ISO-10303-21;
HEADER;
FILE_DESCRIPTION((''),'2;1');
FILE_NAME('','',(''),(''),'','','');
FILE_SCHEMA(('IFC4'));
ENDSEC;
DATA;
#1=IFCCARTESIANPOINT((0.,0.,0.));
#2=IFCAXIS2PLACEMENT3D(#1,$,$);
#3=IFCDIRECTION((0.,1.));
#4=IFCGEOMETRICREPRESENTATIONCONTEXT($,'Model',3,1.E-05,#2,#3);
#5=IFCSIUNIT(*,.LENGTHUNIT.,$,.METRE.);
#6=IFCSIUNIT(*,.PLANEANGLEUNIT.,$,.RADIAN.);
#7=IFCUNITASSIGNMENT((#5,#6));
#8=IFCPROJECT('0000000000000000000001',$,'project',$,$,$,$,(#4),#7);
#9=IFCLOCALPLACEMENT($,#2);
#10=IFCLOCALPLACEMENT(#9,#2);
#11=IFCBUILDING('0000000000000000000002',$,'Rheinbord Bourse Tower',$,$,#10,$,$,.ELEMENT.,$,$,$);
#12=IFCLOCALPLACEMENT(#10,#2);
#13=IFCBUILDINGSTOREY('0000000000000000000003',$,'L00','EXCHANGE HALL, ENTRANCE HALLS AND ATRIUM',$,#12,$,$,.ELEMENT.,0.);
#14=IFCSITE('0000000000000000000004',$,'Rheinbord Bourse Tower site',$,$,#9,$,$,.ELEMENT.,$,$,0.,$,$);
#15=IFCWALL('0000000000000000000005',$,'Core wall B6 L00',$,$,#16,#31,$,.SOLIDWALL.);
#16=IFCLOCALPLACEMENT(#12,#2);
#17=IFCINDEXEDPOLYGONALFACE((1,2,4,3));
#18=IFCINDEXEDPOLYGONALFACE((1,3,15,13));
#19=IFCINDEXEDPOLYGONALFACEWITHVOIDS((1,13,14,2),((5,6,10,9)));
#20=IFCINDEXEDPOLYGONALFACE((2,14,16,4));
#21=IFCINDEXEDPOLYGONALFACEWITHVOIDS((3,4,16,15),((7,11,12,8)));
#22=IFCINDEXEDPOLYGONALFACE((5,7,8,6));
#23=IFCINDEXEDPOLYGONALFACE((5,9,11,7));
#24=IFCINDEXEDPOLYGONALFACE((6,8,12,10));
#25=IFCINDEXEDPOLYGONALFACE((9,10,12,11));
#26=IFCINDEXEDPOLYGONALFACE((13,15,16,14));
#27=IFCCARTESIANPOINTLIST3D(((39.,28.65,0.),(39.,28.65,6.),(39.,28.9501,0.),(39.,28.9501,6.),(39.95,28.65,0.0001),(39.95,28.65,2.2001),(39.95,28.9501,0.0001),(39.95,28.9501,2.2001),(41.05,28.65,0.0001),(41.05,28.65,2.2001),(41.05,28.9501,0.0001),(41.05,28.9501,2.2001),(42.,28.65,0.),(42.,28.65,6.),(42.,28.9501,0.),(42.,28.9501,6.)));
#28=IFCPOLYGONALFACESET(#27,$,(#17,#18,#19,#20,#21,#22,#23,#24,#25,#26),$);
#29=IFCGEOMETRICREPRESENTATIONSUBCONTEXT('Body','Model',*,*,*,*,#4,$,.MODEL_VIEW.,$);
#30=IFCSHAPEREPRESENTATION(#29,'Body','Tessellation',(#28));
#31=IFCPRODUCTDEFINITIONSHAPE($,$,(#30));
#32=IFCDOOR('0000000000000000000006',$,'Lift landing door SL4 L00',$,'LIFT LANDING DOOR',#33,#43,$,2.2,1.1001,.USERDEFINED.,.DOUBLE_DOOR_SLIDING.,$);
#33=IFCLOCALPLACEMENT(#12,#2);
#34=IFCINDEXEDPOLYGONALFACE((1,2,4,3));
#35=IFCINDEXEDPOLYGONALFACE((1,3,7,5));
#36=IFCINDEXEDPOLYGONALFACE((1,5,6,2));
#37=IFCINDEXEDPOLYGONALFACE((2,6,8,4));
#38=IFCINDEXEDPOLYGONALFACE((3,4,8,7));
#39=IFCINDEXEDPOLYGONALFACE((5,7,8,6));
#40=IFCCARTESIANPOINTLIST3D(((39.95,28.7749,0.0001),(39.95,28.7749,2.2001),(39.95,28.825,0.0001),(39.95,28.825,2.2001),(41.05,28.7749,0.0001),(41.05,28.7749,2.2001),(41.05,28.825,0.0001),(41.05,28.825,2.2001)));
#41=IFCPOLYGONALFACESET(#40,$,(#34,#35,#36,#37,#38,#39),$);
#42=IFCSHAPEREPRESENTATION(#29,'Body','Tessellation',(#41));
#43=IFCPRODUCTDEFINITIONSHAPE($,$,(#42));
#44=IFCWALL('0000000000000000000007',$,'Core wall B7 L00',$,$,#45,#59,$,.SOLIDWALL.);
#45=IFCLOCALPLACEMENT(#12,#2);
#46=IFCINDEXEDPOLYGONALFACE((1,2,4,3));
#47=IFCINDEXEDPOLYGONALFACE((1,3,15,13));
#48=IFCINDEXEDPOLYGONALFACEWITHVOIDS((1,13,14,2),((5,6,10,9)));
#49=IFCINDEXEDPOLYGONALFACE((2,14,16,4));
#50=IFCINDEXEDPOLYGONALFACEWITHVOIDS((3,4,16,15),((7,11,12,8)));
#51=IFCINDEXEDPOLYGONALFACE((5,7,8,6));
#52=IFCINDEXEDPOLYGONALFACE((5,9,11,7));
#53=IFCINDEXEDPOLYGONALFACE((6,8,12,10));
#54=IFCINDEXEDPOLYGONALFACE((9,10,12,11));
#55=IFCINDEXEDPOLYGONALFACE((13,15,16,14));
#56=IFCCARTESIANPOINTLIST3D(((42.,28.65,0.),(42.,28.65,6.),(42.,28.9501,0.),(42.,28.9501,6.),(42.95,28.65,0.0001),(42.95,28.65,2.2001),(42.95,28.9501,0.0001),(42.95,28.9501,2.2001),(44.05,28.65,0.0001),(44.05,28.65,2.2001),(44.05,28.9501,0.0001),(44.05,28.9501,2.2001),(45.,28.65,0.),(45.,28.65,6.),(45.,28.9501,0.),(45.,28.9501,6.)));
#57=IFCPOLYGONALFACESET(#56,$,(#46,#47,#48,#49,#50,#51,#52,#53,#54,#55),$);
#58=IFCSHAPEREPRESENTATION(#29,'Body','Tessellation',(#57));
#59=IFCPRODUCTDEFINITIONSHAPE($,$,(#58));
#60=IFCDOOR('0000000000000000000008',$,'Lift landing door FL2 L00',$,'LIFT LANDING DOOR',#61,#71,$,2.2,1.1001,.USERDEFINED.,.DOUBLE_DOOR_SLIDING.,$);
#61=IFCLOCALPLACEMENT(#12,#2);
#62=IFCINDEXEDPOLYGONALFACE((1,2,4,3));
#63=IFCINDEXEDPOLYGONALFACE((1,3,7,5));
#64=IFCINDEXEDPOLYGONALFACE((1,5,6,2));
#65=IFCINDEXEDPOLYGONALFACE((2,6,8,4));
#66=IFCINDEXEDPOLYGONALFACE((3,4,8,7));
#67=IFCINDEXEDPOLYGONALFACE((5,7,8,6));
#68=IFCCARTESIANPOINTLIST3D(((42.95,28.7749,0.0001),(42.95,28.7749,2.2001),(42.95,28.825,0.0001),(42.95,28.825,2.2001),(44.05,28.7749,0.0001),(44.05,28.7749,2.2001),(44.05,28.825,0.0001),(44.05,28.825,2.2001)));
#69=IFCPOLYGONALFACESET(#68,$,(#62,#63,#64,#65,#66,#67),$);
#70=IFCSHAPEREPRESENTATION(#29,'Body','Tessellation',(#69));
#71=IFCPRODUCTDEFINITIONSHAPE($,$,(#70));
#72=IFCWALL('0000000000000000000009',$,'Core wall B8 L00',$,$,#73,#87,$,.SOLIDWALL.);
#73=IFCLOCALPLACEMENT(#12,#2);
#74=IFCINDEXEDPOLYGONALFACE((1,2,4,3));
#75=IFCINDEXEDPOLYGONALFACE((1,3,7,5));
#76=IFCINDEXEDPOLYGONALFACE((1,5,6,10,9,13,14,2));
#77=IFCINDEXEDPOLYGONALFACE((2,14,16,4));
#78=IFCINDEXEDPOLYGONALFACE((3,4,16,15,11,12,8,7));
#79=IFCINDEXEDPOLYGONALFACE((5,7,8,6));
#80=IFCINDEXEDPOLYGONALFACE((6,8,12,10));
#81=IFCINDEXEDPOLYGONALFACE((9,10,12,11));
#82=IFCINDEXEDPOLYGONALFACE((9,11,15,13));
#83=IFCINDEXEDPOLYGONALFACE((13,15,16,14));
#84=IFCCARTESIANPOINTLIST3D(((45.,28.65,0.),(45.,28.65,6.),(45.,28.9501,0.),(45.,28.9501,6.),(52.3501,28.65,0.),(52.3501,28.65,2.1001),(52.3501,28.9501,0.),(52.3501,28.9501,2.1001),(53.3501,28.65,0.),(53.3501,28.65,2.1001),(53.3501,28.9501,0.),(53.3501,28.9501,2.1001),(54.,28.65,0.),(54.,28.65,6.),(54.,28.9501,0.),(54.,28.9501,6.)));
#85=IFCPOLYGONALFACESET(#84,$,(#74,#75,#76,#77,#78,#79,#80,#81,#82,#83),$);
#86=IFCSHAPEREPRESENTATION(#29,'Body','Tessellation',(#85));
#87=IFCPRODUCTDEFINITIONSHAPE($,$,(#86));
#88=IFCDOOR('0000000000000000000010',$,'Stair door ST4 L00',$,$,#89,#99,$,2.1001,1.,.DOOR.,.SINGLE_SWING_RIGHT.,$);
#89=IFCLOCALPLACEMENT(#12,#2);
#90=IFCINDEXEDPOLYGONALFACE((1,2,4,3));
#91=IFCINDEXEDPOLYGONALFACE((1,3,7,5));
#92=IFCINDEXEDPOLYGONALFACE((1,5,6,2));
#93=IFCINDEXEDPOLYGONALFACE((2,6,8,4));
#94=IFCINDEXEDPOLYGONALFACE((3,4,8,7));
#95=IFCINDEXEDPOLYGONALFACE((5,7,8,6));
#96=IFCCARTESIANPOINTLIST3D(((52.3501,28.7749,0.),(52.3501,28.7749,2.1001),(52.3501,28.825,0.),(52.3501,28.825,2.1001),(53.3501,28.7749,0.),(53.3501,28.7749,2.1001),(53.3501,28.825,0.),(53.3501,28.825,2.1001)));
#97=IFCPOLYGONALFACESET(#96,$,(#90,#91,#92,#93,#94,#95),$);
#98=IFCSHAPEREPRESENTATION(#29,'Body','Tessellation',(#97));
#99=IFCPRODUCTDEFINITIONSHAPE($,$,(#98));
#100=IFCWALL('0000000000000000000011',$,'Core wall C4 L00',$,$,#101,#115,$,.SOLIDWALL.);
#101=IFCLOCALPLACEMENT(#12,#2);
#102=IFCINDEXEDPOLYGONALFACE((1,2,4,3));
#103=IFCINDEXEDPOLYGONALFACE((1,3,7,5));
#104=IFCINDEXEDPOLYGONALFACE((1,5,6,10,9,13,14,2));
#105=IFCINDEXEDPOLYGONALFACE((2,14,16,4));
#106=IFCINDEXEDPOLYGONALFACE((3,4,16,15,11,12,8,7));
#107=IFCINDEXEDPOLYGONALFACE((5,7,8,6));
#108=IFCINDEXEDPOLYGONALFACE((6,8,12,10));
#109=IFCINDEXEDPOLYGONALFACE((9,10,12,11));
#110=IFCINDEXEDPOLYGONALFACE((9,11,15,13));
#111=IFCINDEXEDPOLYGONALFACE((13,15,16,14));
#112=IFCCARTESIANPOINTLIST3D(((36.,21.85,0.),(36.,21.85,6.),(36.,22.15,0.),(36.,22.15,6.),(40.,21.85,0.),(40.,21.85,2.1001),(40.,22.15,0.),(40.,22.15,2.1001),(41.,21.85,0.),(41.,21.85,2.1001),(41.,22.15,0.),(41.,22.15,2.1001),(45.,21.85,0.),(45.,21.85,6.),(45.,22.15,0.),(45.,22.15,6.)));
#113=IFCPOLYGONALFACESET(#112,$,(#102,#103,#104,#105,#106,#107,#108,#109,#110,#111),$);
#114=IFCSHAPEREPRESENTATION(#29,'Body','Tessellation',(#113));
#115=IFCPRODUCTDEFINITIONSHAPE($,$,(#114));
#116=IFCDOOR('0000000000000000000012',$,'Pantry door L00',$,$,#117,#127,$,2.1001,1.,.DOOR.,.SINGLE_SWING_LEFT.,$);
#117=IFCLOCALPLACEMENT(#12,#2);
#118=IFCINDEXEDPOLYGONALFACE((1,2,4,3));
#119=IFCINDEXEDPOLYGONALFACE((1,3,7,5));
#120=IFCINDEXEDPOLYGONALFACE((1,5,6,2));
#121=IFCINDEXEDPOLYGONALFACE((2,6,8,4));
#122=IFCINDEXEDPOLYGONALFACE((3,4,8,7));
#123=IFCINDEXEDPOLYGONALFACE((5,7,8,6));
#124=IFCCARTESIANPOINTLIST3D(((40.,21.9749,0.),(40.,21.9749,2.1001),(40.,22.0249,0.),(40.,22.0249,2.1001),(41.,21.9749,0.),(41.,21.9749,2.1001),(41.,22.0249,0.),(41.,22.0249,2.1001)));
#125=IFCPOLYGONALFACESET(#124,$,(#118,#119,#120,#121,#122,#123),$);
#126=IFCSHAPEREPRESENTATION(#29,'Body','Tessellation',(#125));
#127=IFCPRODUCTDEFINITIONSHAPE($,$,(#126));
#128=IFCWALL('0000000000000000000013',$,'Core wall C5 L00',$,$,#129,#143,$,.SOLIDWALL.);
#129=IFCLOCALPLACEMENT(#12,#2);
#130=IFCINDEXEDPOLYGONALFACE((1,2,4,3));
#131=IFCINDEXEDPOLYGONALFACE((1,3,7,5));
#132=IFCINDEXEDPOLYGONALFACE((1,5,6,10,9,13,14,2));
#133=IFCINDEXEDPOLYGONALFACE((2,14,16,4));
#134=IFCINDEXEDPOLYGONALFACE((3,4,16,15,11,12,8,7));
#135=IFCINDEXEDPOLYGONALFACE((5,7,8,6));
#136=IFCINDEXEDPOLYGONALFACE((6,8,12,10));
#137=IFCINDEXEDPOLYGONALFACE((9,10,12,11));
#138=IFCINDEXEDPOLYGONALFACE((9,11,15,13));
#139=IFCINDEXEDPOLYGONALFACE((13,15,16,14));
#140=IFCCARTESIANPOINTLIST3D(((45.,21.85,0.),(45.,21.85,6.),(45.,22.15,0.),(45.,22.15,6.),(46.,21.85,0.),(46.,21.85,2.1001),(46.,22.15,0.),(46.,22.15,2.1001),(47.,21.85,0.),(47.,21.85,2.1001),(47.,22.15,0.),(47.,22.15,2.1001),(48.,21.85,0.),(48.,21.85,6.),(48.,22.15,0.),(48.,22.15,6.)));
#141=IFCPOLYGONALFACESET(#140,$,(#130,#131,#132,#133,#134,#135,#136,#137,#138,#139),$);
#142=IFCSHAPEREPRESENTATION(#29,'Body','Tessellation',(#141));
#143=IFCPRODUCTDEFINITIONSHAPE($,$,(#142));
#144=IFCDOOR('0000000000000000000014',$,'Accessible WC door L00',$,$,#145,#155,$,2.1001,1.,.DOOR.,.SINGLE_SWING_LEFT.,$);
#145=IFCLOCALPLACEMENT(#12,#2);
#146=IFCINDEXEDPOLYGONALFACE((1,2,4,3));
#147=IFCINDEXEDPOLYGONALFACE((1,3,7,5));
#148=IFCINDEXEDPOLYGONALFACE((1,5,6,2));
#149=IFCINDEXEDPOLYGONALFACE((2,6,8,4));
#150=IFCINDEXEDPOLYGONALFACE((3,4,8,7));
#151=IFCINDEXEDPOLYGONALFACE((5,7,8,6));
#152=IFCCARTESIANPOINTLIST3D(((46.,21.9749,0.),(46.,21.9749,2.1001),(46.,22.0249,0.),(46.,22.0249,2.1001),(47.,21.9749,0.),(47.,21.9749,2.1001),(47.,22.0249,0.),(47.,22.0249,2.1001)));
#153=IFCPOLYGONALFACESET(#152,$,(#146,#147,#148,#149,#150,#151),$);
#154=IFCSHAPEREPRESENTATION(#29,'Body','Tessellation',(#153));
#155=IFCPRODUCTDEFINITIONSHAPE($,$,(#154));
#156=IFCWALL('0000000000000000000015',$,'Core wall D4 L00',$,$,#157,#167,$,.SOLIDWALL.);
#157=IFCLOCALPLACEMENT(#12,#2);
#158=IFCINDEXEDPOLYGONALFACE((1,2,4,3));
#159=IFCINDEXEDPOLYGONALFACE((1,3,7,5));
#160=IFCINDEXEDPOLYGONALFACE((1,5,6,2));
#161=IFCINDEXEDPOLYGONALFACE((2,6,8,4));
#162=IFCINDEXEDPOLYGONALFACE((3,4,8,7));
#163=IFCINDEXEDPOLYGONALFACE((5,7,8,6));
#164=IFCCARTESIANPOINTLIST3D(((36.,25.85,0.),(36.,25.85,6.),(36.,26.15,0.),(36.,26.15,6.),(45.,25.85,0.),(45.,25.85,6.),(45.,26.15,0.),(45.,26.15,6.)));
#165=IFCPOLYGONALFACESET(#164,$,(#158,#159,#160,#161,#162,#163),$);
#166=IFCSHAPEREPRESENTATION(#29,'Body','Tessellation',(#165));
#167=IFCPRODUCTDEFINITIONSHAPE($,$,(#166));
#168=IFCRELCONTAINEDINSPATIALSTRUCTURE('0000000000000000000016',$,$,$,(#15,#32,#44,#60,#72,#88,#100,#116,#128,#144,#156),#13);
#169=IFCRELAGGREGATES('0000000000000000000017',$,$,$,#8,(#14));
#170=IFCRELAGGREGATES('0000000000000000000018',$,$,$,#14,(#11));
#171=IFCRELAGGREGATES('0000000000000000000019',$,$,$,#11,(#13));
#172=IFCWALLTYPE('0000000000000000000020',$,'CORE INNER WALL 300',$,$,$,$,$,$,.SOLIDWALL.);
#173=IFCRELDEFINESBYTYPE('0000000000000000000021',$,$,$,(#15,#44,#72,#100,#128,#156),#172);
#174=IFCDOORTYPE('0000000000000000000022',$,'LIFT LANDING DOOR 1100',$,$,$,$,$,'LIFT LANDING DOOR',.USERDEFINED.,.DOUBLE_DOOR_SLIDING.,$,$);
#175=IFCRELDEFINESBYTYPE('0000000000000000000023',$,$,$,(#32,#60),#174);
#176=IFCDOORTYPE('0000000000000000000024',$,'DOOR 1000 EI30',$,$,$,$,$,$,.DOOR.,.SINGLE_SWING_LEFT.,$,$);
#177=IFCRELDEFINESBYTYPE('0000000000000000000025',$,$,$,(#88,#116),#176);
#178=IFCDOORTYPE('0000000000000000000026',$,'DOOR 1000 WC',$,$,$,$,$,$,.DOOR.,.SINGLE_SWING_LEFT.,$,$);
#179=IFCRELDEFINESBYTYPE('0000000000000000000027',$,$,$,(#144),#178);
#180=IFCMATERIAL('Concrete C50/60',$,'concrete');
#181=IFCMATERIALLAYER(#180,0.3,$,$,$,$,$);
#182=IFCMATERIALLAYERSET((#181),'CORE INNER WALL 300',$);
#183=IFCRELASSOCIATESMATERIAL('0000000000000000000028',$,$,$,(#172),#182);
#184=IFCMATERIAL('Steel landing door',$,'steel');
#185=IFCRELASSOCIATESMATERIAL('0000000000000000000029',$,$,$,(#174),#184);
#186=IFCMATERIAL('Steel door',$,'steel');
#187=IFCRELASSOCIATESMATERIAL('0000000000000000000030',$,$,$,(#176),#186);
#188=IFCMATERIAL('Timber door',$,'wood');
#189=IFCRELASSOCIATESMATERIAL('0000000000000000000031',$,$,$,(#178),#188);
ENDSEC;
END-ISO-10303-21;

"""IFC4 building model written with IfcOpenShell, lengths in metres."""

from ifc_helpers import new_model, si_unit, direction, frame, frame_2d, origin, place, context, subcontext, project, spatial, rectangle, extrude, material, layer, layer_set, type_object, element, fill, save


model = new_model("IFC4")

# Units and contexts
model_context = context("Model", 3, precision=1e-05, world=origin(), true_north=direction((0.0, 1.0)))
body_context = subcontext(model_context, "Body", "Model", "MODEL_VIEW")
ifc_project = project(units=[si_unit("LENGTHUNIT", "METRE"), si_unit("PLANEANGLEUNIT", "RADIAN")], contexts=[model_context])

# Site, building, storey
site_placement = place(None, origin())
site = spatial("IfcSite", under=ifc_project, at=site_placement, Name="Rheinbord Bourse Tower site", CompositionType="ELEMENT", RefElevation=0.0)
building_placement = place(site_placement, origin())
building = spatial("IfcBuilding", under=site, at=building_placement, Name="Rheinbord Bourse Tower", CompositionType="ELEMENT")
storey_placement = place(building_placement, origin())
storey = spatial("IfcBuildingStorey", under=building, at=storey_placement, Name="L00", Description="EXCHANGE HALL, ENTRANCE HALLS AND ATRIUM", CompositionType="ELEMENT", Elevation=0.0)

# Walls, openings, doors
ifc_material_1 = material(Name="Concrete C50/60", Category="concrete")
ifc_layer_1 = layer(ifc_material_1, 0.3)
ifc_layer_set_1 = layer_set([ifc_layer_1], Name="CORE INNER WALL 300")
wall_type_1 = type_object("IfcWallType", Name="CORE INNER WALL 300", PredefinedType="SOLIDWALL", material=ifc_layer_set_1)
wall_1_placement = place(storey_placement, frame((39.0, 28.8, 0.0), z_axis=(0.0, 0.0, 1.0), x_axis=(1.0, 0.0, 0.0)))
wall_1 = element("IfcWall", 1, at=wall_1_placement, inside=storey, type_object=wall_type_1, Name="Core wall B6 L00", PredefinedType="SOLIDWALL", context=body_context, shape_type="SweptSolid", body=[
    extrude(rectangle(XDim=3.0, YDim=0.3, at=frame_2d((1.5, 0.0))), origin(), (0.0, 0.0, 1.0), 6.0),
])
opening_1_placement = place(wall_1_placement, frame((0.95, 0.0, 0.0)))
opening_1 = element("IfcOpeningElement", 2, at=opening_1_placement, cuts=wall_1, PredefinedType="OPENING", context=body_context, shape_type="SweptSolid", body=[
    extrude(rectangle(XDim=1.1001, YDim=2.2, at=frame_2d((0.55, 1.1001))), frame((0.0, 0.1599, 0.0), z_axis=(0.0, -1.0, 0.0), x_axis=(1.0, 0.0, 0.0)), (0.0, 0.0, 1.0), 0.3201),
])
ifc_material_2 = material(Name="Steel landing door", Category="steel")
door_type_1 = type_object("IfcDoorType", Name="LIFT LANDING DOOR 1100", ElementType="LIFT LANDING DOOR", OperationType="DOUBLE_DOOR_SLIDING", PredefinedType="USERDEFINED", material=ifc_material_2)
door_1_placement = place(opening_1_placement, origin())
door_1 = element("IfcDoor", 3, at=door_1_placement, inside=storey, type_object=door_type_1, Name="Lift landing door SL4 L00", ObjectType="LIFT LANDING DOOR", OperationType="DOUBLE_DOOR_SLIDING", OverallHeight=2.2, OverallWidth=1.1001, PredefinedType="USERDEFINED", context=body_context, shape_type="SweptSolid", body=[
    extrude(rectangle(XDim=1.1001, YDim=2.2, at=frame_2d((0.55, 1.1001))), frame((0.0, 0.0249, 0.0), z_axis=(0.0, -1.0, 0.0), x_axis=(1.0, 0.0, 0.0)), (0.0, 0.0, 1.0), 0.05),
])
fill(opening_1, door_1)
wall_2_placement = place(storey_placement, frame((42.0, 28.8, 0.0), z_axis=(0.0, 0.0, 1.0), x_axis=(1.0, 0.0, 0.0)))
wall_2 = element("IfcWall", 4, at=wall_2_placement, inside=storey, type_object=wall_type_1, Name="Core wall B7 L00", PredefinedType="SOLIDWALL", context=body_context, shape_type="SweptSolid", body=[
    extrude(rectangle(XDim=3.0, YDim=0.3, at=frame_2d((1.5, 0.0))), origin(), (0.0, 0.0, 1.0), 6.0),
])
opening_2_placement = place(wall_2_placement, frame((0.95, 0.0, 0.0)))
opening_2 = element("IfcOpeningElement", 5, at=opening_2_placement, cuts=wall_2, PredefinedType="OPENING", context=body_context, shape_type="SweptSolid", body=[
    extrude(rectangle(XDim=1.1001, YDim=2.2, at=frame_2d((0.55, 1.1001))), frame((0.0, 0.1599, 0.0), z_axis=(0.0, -1.0, 0.0), x_axis=(1.0, 0.0, 0.0)), (0.0, 0.0, 1.0), 0.3201),
])
door_2_placement = place(opening_2_placement, origin())
door_2 = element("IfcDoor", 6, at=door_2_placement, inside=storey, type_object=door_type_1, Name="Lift landing door FL2 L00", ObjectType="LIFT LANDING DOOR", OperationType="DOUBLE_DOOR_SLIDING", OverallHeight=2.2, OverallWidth=1.1001, PredefinedType="USERDEFINED", context=body_context, shape_type="SweptSolid", body=[
    extrude(rectangle(XDim=1.1001, YDim=2.2, at=frame_2d((0.55, 1.1001))), frame((0.0, 0.0249, 0.0), z_axis=(0.0, -1.0, 0.0), x_axis=(1.0, 0.0, 0.0)), (0.0, 0.0, 1.0), 0.05),
])
fill(opening_2, door_2)
wall_3_placement = place(storey_placement, frame((45.0, 28.8, 0.0), z_axis=(0.0, 0.0, 1.0), x_axis=(1.0, 0.0, 0.0)))
wall_3 = element("IfcWall", 7, at=wall_3_placement, inside=storey, type_object=wall_type_1, Name="Core wall B8 L00", PredefinedType="SOLIDWALL", context=body_context, shape_type="SweptSolid", body=[
    extrude(rectangle(XDim=9.0, YDim=0.3, at=frame_2d((4.5, 0.0))), origin(), (0.0, 0.0, 1.0), 6.0),
])
opening_3_placement = place(wall_3_placement, frame((7.3501, 0.0, 0.0)))
opening_3 = element("IfcOpeningElement", 8, at=opening_3_placement, cuts=wall_3, PredefinedType="OPENING", context=body_context, shape_type="SweptSolid", body=[
    extrude(rectangle(XDim=1.0, YDim=2.1001, at=frame_2d((0.5, 1.05))), frame((0.0, 0.1599, 0.0), z_axis=(0.0, -1.0, 0.0), x_axis=(1.0, 0.0, 0.0)), (0.0, 0.0, 1.0), 0.3201),
])
ifc_material_3 = material(Name="Steel door", Category="steel")
door_type_2 = type_object("IfcDoorType", Name="DOOR 1000 EI30", OperationType="SINGLE_SWING_LEFT", PredefinedType="DOOR", material=ifc_material_3)
door_3_placement = place(opening_3_placement, origin())
door_3 = element("IfcDoor", 9, at=door_3_placement, inside=storey, type_object=door_type_2, Name="Stair door ST4 L00", OperationType="SINGLE_SWING_RIGHT", OverallHeight=2.1001, OverallWidth=1.0, PredefinedType="DOOR", context=body_context, shape_type="SweptSolid", body=[
    extrude(rectangle(XDim=1.0, YDim=2.1001, at=frame_2d((0.5, 1.05))), frame((0.0, 0.0249, 0.0), z_axis=(0.0, -1.0, 0.0), x_axis=(1.0, 0.0, 0.0)), (0.0, 0.0, 1.0), 0.05),
])
fill(opening_3, door_3)
wall_4_placement = place(storey_placement, frame((36.0, 22.0, 0.0), z_axis=(0.0, 0.0, 1.0), x_axis=(1.0, 0.0, 0.0)))
wall_4 = element("IfcWall", 10, at=wall_4_placement, inside=storey, type_object=wall_type_1, Name="Core wall C4 L00", PredefinedType="SOLIDWALL", context=body_context, shape_type="SweptSolid", body=[
    extrude(rectangle(XDim=9.0, YDim=0.3, at=frame_2d((4.5, 0.0))), origin(), (0.0, 0.0, 1.0), 6.0),
])
opening_4_placement = place(wall_4_placement, frame((4.0, 0.0, 0.0)))
opening_4 = element("IfcOpeningElement", 11, at=opening_4_placement, cuts=wall_4, PredefinedType="OPENING", context=body_context, shape_type="SweptSolid", body=[
    extrude(rectangle(XDim=1.0, YDim=2.1001, at=frame_2d((0.5, 1.05))), frame((0.0, 0.1599, 0.0), z_axis=(0.0, -1.0, 0.0), x_axis=(1.0, 0.0, 0.0)), (0.0, 0.0, 1.0), 0.3201),
])
door_4_placement = place(opening_4_placement, origin())
door_4 = element("IfcDoor", 12, at=door_4_placement, inside=storey, type_object=door_type_2, Name="Pantry door L00", OperationType="SINGLE_SWING_LEFT", OverallHeight=2.1001, OverallWidth=1.0, PredefinedType="DOOR", context=body_context, shape_type="SweptSolid", body=[
    extrude(rectangle(XDim=1.0, YDim=2.1001, at=frame_2d((0.5, 1.05))), frame((0.0, 0.0249, 0.0), z_axis=(0.0, -1.0, 0.0), x_axis=(1.0, 0.0, 0.0)), (0.0, 0.0, 1.0), 0.05),
])
fill(opening_4, door_4)
wall_5_placement = place(storey_placement, frame((45.0, 22.0, 0.0), z_axis=(0.0, 0.0, 1.0), x_axis=(1.0, 0.0, 0.0)))
wall_5 = element("IfcWall", 13, at=wall_5_placement, inside=storey, type_object=wall_type_1, Name="Core wall C5 L00", PredefinedType="SOLIDWALL", context=body_context, shape_type="SweptSolid", body=[
    extrude(rectangle(XDim=3.0, YDim=0.3, at=frame_2d((1.5, 0.0))), origin(), (0.0, 0.0, 1.0), 6.0),
])
opening_5_placement = place(wall_5_placement, frame((1.0, 0.0, 0.0)))
opening_5 = element("IfcOpeningElement", 14, at=opening_5_placement, cuts=wall_5, PredefinedType="OPENING", context=body_context, shape_type="SweptSolid", body=[
    extrude(rectangle(XDim=1.0, YDim=2.1001, at=frame_2d((0.5, 1.05))), frame((0.0, 0.1599, 0.0), z_axis=(0.0, -1.0, 0.0), x_axis=(1.0, 0.0, 0.0)), (0.0, 0.0, 1.0), 0.3201),
])
ifc_material_4 = material(Name="Timber door", Category="wood")
door_type_3 = type_object("IfcDoorType", Name="DOOR 1000 WC", OperationType="SINGLE_SWING_LEFT", PredefinedType="DOOR", material=ifc_material_4)
door_5_placement = place(opening_5_placement, origin())
door_5 = element("IfcDoor", 15, at=door_5_placement, inside=storey, type_object=door_type_3, Name="Accessible WC door L00", OperationType="SINGLE_SWING_LEFT", OverallHeight=2.1001, OverallWidth=1.0, PredefinedType="DOOR", context=body_context, shape_type="SweptSolid", body=[
    extrude(rectangle(XDim=1.0, YDim=2.1001, at=frame_2d((0.5, 1.05))), frame((0.0, 0.0249, 0.0), z_axis=(0.0, -1.0, 0.0), x_axis=(1.0, 0.0, 0.0)), (0.0, 0.0, 1.0), 0.05),
])
fill(opening_5, door_5)

# Wall
wall_6_placement = place(storey_placement, frame((36.0, 26.0, 0.0), z_axis=(0.0, 0.0, 1.0), x_axis=(1.0, 0.0, 0.0)))
element("IfcWall", 16, at=wall_6_placement, inside=storey, type_object=wall_type_1, Name="Core wall D4 L00", PredefinedType="SOLIDWALL", context=body_context, shape_type="SweptSolid", body=[
    extrude(rectangle(XDim=9.0, YDim=0.3, at=frame_2d((4.5, 0.0))), origin(), (0.0, 0.0, 1.0), 6.0),
])

save(model, "model.ifc")
